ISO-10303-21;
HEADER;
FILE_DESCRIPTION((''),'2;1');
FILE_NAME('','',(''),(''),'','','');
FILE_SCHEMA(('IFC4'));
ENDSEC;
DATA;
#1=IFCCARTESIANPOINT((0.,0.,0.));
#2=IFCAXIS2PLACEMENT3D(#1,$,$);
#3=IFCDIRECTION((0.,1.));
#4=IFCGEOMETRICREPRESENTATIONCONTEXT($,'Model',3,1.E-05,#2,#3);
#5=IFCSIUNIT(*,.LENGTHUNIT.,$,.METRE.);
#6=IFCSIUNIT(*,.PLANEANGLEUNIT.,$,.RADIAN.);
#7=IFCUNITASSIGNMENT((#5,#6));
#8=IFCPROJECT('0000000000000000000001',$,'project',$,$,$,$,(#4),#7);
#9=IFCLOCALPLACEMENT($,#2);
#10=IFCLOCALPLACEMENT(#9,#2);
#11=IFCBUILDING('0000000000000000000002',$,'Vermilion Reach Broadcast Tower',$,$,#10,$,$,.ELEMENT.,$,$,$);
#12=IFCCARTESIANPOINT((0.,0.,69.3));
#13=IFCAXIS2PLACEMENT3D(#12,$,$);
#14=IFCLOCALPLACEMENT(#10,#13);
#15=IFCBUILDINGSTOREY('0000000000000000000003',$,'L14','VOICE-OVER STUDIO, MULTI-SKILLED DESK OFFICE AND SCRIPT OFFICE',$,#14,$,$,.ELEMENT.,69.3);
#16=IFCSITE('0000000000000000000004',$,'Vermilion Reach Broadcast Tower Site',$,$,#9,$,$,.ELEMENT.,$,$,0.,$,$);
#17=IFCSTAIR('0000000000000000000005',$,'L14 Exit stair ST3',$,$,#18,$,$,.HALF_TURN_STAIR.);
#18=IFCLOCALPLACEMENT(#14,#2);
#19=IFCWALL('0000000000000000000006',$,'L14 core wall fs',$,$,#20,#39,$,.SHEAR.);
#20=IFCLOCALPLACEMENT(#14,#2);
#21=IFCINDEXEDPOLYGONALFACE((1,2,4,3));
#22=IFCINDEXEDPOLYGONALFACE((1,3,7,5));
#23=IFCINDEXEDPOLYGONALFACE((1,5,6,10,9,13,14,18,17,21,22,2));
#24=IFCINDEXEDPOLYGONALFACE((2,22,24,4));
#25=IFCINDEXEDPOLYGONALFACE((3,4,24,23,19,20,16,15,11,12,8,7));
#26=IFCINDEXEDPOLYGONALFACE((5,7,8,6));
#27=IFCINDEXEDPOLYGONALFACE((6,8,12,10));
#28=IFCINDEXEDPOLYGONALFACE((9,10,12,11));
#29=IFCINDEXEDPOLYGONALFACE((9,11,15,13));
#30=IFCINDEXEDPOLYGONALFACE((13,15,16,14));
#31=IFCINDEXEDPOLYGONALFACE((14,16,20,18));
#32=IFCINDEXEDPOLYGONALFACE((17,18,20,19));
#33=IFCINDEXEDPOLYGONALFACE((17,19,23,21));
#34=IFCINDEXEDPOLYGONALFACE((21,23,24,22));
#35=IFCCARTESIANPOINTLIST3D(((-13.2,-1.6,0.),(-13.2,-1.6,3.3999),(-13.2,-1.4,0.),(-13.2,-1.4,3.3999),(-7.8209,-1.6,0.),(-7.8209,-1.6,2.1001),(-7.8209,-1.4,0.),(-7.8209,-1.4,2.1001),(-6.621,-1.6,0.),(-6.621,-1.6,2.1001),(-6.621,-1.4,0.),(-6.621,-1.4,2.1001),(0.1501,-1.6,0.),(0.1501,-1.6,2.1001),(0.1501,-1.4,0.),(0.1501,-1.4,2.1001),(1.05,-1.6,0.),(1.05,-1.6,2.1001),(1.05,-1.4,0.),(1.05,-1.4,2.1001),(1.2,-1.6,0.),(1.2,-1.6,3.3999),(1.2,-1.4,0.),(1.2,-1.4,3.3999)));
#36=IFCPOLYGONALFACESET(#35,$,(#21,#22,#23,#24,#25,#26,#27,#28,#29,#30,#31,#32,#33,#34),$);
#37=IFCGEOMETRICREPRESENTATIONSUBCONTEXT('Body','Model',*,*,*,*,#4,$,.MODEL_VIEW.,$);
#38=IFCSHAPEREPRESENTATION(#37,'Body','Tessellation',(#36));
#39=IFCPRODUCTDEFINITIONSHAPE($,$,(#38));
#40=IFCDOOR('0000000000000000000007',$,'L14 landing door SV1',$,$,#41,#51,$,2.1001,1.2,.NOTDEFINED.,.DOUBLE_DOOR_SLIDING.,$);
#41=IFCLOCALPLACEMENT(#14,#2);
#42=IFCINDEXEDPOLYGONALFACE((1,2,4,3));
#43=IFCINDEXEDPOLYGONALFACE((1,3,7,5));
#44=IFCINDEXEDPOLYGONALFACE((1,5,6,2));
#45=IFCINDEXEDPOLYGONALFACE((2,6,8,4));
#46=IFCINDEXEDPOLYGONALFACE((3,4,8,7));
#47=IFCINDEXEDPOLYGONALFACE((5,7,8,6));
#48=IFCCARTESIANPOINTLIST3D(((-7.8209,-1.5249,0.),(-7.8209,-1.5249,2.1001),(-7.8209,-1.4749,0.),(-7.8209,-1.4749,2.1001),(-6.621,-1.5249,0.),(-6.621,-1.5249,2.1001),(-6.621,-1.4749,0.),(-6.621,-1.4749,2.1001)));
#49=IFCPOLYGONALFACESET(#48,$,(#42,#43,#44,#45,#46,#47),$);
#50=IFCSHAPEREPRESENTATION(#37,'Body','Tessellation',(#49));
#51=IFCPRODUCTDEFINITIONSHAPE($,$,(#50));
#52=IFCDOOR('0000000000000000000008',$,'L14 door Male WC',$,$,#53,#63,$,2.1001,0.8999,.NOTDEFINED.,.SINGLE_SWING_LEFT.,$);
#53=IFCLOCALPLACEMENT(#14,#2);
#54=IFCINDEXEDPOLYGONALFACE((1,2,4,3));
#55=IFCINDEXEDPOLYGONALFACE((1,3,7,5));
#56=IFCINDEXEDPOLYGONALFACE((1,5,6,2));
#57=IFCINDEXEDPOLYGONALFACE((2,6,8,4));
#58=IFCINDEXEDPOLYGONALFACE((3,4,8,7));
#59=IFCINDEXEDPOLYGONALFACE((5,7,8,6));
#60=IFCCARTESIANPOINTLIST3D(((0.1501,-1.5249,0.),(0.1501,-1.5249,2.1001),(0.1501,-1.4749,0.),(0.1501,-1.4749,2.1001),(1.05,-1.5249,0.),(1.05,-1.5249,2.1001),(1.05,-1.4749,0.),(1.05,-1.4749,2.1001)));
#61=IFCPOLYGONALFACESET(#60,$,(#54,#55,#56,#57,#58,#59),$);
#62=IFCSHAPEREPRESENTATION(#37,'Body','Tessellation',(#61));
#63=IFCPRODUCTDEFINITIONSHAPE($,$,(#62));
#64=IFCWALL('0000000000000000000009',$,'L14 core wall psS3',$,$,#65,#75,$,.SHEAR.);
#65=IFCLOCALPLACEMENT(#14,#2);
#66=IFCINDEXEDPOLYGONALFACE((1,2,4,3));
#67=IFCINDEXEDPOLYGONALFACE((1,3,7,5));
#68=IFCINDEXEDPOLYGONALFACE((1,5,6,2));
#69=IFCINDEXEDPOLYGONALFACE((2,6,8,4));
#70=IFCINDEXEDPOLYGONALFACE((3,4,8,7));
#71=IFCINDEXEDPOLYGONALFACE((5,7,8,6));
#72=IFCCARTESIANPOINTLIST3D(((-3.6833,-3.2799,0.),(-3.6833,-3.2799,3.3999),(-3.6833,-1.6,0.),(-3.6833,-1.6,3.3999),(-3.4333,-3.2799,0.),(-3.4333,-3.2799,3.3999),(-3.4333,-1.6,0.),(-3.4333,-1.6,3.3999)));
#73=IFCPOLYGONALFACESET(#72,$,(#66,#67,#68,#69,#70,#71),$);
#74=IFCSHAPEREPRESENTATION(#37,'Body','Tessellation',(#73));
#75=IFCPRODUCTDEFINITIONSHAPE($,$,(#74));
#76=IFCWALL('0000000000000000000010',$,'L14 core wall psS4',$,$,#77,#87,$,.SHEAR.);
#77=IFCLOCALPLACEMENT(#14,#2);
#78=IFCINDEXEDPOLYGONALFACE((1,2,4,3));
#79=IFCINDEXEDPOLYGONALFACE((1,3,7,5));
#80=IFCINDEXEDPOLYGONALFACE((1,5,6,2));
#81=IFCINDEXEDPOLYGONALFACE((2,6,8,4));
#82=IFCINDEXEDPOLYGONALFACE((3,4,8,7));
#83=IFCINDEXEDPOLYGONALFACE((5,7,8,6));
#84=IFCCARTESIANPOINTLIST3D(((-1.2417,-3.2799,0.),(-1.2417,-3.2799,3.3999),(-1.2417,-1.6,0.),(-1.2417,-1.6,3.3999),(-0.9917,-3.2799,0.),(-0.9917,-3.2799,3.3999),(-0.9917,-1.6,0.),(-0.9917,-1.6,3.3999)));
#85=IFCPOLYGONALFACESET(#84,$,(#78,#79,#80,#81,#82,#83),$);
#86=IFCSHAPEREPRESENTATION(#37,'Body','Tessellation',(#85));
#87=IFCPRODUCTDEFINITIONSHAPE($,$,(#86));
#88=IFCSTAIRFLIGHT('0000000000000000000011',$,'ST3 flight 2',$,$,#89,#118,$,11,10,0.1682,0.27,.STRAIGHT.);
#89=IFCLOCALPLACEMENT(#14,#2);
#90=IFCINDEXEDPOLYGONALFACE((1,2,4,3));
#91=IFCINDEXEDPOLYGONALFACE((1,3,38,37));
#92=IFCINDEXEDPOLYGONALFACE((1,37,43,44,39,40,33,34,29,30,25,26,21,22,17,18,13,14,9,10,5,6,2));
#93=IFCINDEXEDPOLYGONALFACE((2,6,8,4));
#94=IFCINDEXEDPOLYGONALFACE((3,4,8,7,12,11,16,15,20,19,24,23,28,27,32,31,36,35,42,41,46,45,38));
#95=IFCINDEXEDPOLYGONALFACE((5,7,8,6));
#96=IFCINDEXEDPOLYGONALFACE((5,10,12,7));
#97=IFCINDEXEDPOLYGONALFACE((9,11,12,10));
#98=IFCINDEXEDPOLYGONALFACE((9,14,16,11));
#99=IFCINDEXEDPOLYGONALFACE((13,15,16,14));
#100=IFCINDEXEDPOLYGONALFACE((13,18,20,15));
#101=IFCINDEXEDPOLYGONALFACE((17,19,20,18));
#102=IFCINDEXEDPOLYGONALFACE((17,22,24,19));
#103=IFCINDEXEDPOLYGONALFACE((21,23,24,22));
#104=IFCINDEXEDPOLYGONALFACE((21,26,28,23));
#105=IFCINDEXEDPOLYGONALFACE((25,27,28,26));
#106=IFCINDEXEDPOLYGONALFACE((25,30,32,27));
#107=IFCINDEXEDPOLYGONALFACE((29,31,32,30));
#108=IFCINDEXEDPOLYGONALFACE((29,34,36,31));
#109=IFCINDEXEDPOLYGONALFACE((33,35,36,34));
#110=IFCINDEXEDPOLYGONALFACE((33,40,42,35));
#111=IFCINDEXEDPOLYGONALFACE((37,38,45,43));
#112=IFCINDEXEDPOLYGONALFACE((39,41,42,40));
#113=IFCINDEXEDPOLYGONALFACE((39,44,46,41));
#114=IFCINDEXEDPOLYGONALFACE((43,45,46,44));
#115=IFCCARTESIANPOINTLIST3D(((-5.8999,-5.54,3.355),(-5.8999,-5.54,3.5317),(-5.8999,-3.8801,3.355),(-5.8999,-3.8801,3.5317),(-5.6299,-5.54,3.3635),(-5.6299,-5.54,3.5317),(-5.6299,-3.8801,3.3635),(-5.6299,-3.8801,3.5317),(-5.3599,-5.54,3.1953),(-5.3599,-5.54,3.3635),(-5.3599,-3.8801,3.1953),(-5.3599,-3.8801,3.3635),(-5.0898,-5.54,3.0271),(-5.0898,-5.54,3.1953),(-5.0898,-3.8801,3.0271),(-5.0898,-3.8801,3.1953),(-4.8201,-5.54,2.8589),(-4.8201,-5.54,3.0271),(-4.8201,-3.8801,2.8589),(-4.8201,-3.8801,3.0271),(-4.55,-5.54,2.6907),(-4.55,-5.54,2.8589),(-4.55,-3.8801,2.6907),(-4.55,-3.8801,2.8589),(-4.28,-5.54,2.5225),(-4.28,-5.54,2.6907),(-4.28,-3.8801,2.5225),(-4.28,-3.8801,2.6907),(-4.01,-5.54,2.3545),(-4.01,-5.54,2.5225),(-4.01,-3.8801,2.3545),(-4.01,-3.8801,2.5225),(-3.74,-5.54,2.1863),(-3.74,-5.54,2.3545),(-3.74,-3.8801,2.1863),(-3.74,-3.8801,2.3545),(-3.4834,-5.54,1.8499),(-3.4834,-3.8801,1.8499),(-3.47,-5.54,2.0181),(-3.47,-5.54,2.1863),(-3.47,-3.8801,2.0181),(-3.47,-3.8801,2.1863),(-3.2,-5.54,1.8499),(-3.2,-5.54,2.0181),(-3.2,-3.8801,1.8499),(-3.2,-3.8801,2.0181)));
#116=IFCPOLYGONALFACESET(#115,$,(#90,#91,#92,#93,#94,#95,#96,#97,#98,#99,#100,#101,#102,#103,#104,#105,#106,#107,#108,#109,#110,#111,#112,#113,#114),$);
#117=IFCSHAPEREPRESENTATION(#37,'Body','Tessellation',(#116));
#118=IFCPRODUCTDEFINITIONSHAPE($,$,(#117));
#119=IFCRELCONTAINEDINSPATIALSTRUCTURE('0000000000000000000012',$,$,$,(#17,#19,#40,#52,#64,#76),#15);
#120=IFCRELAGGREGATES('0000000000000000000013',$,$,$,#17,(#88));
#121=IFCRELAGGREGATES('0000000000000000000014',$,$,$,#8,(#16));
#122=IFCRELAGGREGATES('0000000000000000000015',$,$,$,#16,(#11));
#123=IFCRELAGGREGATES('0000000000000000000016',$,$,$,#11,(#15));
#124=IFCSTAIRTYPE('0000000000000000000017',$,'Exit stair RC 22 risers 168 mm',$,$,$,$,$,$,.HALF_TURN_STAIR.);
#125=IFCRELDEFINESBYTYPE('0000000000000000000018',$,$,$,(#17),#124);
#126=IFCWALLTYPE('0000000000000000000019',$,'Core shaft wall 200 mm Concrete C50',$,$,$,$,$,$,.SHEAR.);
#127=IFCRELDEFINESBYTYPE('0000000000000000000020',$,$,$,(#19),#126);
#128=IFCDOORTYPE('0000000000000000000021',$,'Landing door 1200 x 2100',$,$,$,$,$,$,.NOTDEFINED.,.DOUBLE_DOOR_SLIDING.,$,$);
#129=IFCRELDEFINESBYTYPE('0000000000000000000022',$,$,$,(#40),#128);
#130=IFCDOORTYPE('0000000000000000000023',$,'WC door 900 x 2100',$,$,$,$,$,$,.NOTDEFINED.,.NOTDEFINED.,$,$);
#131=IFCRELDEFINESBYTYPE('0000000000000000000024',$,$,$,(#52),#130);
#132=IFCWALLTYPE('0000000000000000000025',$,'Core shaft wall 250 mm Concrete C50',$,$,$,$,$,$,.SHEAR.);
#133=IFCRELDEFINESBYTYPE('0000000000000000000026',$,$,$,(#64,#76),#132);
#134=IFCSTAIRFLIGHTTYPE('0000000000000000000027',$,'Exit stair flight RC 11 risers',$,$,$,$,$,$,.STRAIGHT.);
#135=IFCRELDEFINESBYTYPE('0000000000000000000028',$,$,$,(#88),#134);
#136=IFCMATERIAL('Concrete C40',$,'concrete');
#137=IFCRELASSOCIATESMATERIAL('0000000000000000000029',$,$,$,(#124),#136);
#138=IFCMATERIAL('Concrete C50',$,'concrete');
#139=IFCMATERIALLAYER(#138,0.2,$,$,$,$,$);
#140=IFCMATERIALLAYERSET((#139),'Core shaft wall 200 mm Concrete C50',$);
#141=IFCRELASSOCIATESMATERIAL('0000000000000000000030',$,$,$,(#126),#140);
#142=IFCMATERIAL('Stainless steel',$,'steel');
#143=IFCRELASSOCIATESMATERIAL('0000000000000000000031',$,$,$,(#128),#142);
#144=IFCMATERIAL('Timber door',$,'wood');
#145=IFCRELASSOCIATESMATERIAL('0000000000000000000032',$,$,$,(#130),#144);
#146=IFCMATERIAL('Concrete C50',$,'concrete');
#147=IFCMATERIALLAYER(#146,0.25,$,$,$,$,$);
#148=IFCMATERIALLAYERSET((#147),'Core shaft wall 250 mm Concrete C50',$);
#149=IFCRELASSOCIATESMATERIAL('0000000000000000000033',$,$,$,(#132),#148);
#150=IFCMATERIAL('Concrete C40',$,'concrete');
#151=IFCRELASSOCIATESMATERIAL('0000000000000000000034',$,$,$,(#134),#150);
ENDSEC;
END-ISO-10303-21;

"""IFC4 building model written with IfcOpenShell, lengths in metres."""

from ifc_helpers import new_model, si_unit, direction, frame, frame_2d, origin, place, context, subcontext, project, spatial, polyline, rectangle, outline, extrude, material, layer, layer_set, type_object, element, fill, aggregate, save


model = new_model("IFC4")

# Units and contexts
model_context = context("Model", 3, precision=1e-05, world=origin(), true_north=direction((0.0, 1.0)))
body_context = subcontext(model_context, "Body", "Model", "MODEL_VIEW")
ifc_project = project(units=[si_unit("LENGTHUNIT", "METRE"), si_unit("PLANEANGLEUNIT", "RADIAN")], contexts=[model_context])

# Site, building, storey
site_placement = place(None, origin())
site = spatial("IfcSite", under=ifc_project, at=site_placement, Name="Vermilion Reach Broadcast Tower Site", CompositionType="ELEMENT", RefElevation=0.0)
building_placement = place(site_placement, origin())
building = spatial("IfcBuilding", under=site, at=building_placement, Name="Vermilion Reach Broadcast Tower", CompositionType="ELEMENT")
storey_placement = place(building_placement, frame((0.0, 0.0, 69.3)))
storey = spatial("IfcBuildingStorey", under=building, at=storey_placement, Name="L14", Description="VOICE-OVER STUDIO, MULTI-SKILLED DESK OFFICE AND SCRIPT OFFICE", CompositionType="ELEMENT", Elevation=69.3)

# Stair
ifc_material_1 = material(Name="Concrete C40", Category="concrete")
stair_type = type_object("IfcStairType", Name="Exit stair RC 22 risers 168 mm", PredefinedType="HALF_TURN_STAIR", material=ifc_material_1)
placement_1 = place(storey_placement, origin())
stair_1 = element("IfcStair", 1, at=placement_1, inside=storey, type_object=stair_type, Name="L14 Exit stair ST3", PredefinedType="HALF_TURN_STAIR")

# Wall, openings, doors
ifc_material_2 = material(Name="Concrete C50", Category="concrete")
ifc_layer_1 = layer(ifc_material_2, 0.2)
ifc_layer_set_1 = layer_set([ifc_layer_1], Name="Core shaft wall 200 mm Concrete C50")
wall_type_1 = type_object("IfcWallType", Name="Core shaft wall 200 mm Concrete C50", PredefinedType="SHEAR", material=ifc_layer_set_1)
wall_1_placement = place(storey_placement, frame((1.2, -1.5, 0.0), z_axis=(0.0, 0.0, 1.0), x_axis=(-1.0, 0.0, 0.0)))
wall_1 = element("IfcWall", 2, at=wall_1_placement, inside=storey, type_object=wall_type_1, Name="L14 core wall fs", PredefinedType="SHEAR", context=body_context, shape_type="SweptSolid", body=[
    extrude(rectangle(XDim=14.3999, YDim=0.2, at=frame_2d((7.2, 0.0))), origin(), (0.0, 0.0, 1.0), 3.3999),
])
opening_1_placement = place(wall_1_placement, frame((7.8208, 0.0, 0.0)))
opening_1 = element("IfcOpeningElement", 3, at=opening_1_placement, cuts=wall_1, PredefinedType="OPENING", context=body_context, shape_type="SweptSolid", body=[
    extrude(rectangle(XDim=1.2, YDim=2.1001, at=frame_2d((0.6001, 1.05))), frame((0.0, 0.1099, 0.0), z_axis=(0.0, -1.0, 0.0), x_axis=(1.0, 0.0, 0.0)), (0.0, 0.0, 1.0), 0.22),
])
opening_2_placement = place(wall_1_placement, frame((0.1499, 0.0, 0.0)))
opening_2 = element("IfcOpeningElement", 4, at=opening_2_placement, cuts=wall_1, PredefinedType="OPENING", context=body_context, shape_type="SweptSolid", body=[
    extrude(rectangle(XDim=0.8999, YDim=2.1001, at=frame_2d((0.45, 1.05))), frame((0.0, 0.1099, 0.0), z_axis=(0.0, -1.0, 0.0), x_axis=(1.0, 0.0, 0.0)), (0.0, 0.0, 1.0), 0.22),
])
ifc_material_3 = material(Name="Stainless steel", Category="steel")
door_type_1 = type_object("IfcDoorType", Name="Landing door 1200 x 2100", OperationType="DOUBLE_DOOR_SLIDING", PredefinedType="NOTDEFINED", material=ifc_material_3)
door_1_placement = place(opening_1_placement, origin())
door_1 = element("IfcDoor", 5, at=door_1_placement, inside=storey, type_object=door_type_1, Name="L14 landing door SV1", OperationType="DOUBLE_DOOR_SLIDING", OverallHeight=2.1001, OverallWidth=1.2, PredefinedType="NOTDEFINED", context=body_context, shape_type="SweptSolid", body=[
    extrude(rectangle(XDim=1.2, YDim=2.1001, at=frame_2d((0.6001, 1.05))), frame((0.0, 0.0249, 0.0), z_axis=(0.0, -1.0, 0.0), x_axis=(1.0, 0.0, 0.0)), (0.0, 0.0, 1.0), 0.05),
])
fill(opening_1, door_1)
ifc_material_4 = material(Name="Timber door", Category="wood")
door_type_2 = type_object("IfcDoorType", Name="WC door 900 x 2100", OperationType="NOTDEFINED", PredefinedType="NOTDEFINED", material=ifc_material_4)
door_2_placement = place(opening_2_placement, origin())
door_2 = element("IfcDoor", 6, at=door_2_placement, inside=storey, type_object=door_type_2, Name="L14 door Male WC", OperationType="SINGLE_SWING_LEFT", OverallHeight=2.1001, OverallWidth=0.8999, PredefinedType="NOTDEFINED", context=body_context, shape_type="SweptSolid", body=[
    extrude(rectangle(XDim=0.8999, YDim=2.1001, at=frame_2d((0.45, 1.05))), frame((0.0, 0.0249, 0.0), z_axis=(0.0, -1.0, 0.0), x_axis=(1.0, 0.0, 0.0)), (0.0, 0.0, 1.0), 0.05),
])
fill(opening_2, door_2)

# Walls
ifc_material_5 = material(Name="Concrete C50", Category="concrete")
ifc_layer_2 = layer(ifc_material_5, 0.25)
ifc_layer_set_2 = layer_set([ifc_layer_2], Name="Core shaft wall 250 mm Concrete C50")
wall_type_2 = type_object("IfcWallType", Name="Core shaft wall 250 mm Concrete C50", PredefinedType="SHEAR", material=ifc_layer_set_2)
for number, where, z_axis, x_axis, name in (
    (7, (-3.5583, -1.6001, 0.0), (0.0, 0.0, 1.0), (0.0, -1.0, 0.0), "L14 core wall psS3"),
    (8, (-1.1167, -1.6001, 0.0), (0.0, 0.0, 1.0), (0.0, -1.0, 0.0), "L14 core wall psS4"),
):
    element("IfcWall", number, at=place(storey_placement, frame(where, z_axis=z_axis, x_axis=x_axis)), inside=storey, type_object=wall_type_2, Name=name, PredefinedType="SHEAR", context=body_context, shape_type="SweptSolid", body=[
        extrude(rectangle(XDim=1.6799, YDim=0.25, at=frame_2d((0.8398, 0.0))), origin(), (0.0, 0.0, 1.0), 3.3999),
    ])

# Stair flight
ifc_material_6 = material(Name="Concrete C40", Category="concrete")
stair_flight_type = type_object("IfcStairFlightType", Name="Exit stair flight RC 11 risers", PredefinedType="STRAIGHT", material=ifc_material_6)
stair_flight_placement = place(storey_placement, frame((-3.2, -4.71, 1.8499), z_axis=(0.0, 0.0, 1.0), x_axis=(-1.0, 0.0, 0.0)))
stair_flight = element("IfcStairFlight", 9, at=stair_flight_placement, type_object=stair_flight_type, Name="ST3 flight 2", NumberOfRisers=11, NumberOfTreads=10, PredefinedType="STRAIGHT", RiserHeight=0.1682, TreadLength=0.27, context=body_context, shape_type="SweptSolid", body=[
    extrude(outline(polyline([(0.0, 0.0), (0.0, 0.1682), (0.27, 0.1682), (0.27, 0.3364), (0.54, 0.3364), (0.54, 0.5046), (0.8101, 0.5046), (0.8101, 0.6726), (1.0801, 0.6726), (1.0801, 0.8408), (1.3501, 0.8408), (1.3501, 1.009), (1.6201, 1.009), (1.6201, 1.1772), (1.8899, 1.1772), (1.8899, 1.3455), (2.1599, 1.3455), (2.1599, 1.5137), (2.4299, 1.5137), (2.4299, 1.6819), (2.7, 1.6819), (2.7, 1.8501), (2.7, 1.5051), (0.2834, 0.0), (0.0, 0.0)])), frame((0.0, 0.8301, 0.0), z_axis=(0.0, -1.0, 0.0), x_axis=(1.0, 0.0, 0.0)), (0.0, 0.0, 1.0), 1.6599),
])
aggregate(stair_1, [stair_flight])

save(model, "model.ifc")
